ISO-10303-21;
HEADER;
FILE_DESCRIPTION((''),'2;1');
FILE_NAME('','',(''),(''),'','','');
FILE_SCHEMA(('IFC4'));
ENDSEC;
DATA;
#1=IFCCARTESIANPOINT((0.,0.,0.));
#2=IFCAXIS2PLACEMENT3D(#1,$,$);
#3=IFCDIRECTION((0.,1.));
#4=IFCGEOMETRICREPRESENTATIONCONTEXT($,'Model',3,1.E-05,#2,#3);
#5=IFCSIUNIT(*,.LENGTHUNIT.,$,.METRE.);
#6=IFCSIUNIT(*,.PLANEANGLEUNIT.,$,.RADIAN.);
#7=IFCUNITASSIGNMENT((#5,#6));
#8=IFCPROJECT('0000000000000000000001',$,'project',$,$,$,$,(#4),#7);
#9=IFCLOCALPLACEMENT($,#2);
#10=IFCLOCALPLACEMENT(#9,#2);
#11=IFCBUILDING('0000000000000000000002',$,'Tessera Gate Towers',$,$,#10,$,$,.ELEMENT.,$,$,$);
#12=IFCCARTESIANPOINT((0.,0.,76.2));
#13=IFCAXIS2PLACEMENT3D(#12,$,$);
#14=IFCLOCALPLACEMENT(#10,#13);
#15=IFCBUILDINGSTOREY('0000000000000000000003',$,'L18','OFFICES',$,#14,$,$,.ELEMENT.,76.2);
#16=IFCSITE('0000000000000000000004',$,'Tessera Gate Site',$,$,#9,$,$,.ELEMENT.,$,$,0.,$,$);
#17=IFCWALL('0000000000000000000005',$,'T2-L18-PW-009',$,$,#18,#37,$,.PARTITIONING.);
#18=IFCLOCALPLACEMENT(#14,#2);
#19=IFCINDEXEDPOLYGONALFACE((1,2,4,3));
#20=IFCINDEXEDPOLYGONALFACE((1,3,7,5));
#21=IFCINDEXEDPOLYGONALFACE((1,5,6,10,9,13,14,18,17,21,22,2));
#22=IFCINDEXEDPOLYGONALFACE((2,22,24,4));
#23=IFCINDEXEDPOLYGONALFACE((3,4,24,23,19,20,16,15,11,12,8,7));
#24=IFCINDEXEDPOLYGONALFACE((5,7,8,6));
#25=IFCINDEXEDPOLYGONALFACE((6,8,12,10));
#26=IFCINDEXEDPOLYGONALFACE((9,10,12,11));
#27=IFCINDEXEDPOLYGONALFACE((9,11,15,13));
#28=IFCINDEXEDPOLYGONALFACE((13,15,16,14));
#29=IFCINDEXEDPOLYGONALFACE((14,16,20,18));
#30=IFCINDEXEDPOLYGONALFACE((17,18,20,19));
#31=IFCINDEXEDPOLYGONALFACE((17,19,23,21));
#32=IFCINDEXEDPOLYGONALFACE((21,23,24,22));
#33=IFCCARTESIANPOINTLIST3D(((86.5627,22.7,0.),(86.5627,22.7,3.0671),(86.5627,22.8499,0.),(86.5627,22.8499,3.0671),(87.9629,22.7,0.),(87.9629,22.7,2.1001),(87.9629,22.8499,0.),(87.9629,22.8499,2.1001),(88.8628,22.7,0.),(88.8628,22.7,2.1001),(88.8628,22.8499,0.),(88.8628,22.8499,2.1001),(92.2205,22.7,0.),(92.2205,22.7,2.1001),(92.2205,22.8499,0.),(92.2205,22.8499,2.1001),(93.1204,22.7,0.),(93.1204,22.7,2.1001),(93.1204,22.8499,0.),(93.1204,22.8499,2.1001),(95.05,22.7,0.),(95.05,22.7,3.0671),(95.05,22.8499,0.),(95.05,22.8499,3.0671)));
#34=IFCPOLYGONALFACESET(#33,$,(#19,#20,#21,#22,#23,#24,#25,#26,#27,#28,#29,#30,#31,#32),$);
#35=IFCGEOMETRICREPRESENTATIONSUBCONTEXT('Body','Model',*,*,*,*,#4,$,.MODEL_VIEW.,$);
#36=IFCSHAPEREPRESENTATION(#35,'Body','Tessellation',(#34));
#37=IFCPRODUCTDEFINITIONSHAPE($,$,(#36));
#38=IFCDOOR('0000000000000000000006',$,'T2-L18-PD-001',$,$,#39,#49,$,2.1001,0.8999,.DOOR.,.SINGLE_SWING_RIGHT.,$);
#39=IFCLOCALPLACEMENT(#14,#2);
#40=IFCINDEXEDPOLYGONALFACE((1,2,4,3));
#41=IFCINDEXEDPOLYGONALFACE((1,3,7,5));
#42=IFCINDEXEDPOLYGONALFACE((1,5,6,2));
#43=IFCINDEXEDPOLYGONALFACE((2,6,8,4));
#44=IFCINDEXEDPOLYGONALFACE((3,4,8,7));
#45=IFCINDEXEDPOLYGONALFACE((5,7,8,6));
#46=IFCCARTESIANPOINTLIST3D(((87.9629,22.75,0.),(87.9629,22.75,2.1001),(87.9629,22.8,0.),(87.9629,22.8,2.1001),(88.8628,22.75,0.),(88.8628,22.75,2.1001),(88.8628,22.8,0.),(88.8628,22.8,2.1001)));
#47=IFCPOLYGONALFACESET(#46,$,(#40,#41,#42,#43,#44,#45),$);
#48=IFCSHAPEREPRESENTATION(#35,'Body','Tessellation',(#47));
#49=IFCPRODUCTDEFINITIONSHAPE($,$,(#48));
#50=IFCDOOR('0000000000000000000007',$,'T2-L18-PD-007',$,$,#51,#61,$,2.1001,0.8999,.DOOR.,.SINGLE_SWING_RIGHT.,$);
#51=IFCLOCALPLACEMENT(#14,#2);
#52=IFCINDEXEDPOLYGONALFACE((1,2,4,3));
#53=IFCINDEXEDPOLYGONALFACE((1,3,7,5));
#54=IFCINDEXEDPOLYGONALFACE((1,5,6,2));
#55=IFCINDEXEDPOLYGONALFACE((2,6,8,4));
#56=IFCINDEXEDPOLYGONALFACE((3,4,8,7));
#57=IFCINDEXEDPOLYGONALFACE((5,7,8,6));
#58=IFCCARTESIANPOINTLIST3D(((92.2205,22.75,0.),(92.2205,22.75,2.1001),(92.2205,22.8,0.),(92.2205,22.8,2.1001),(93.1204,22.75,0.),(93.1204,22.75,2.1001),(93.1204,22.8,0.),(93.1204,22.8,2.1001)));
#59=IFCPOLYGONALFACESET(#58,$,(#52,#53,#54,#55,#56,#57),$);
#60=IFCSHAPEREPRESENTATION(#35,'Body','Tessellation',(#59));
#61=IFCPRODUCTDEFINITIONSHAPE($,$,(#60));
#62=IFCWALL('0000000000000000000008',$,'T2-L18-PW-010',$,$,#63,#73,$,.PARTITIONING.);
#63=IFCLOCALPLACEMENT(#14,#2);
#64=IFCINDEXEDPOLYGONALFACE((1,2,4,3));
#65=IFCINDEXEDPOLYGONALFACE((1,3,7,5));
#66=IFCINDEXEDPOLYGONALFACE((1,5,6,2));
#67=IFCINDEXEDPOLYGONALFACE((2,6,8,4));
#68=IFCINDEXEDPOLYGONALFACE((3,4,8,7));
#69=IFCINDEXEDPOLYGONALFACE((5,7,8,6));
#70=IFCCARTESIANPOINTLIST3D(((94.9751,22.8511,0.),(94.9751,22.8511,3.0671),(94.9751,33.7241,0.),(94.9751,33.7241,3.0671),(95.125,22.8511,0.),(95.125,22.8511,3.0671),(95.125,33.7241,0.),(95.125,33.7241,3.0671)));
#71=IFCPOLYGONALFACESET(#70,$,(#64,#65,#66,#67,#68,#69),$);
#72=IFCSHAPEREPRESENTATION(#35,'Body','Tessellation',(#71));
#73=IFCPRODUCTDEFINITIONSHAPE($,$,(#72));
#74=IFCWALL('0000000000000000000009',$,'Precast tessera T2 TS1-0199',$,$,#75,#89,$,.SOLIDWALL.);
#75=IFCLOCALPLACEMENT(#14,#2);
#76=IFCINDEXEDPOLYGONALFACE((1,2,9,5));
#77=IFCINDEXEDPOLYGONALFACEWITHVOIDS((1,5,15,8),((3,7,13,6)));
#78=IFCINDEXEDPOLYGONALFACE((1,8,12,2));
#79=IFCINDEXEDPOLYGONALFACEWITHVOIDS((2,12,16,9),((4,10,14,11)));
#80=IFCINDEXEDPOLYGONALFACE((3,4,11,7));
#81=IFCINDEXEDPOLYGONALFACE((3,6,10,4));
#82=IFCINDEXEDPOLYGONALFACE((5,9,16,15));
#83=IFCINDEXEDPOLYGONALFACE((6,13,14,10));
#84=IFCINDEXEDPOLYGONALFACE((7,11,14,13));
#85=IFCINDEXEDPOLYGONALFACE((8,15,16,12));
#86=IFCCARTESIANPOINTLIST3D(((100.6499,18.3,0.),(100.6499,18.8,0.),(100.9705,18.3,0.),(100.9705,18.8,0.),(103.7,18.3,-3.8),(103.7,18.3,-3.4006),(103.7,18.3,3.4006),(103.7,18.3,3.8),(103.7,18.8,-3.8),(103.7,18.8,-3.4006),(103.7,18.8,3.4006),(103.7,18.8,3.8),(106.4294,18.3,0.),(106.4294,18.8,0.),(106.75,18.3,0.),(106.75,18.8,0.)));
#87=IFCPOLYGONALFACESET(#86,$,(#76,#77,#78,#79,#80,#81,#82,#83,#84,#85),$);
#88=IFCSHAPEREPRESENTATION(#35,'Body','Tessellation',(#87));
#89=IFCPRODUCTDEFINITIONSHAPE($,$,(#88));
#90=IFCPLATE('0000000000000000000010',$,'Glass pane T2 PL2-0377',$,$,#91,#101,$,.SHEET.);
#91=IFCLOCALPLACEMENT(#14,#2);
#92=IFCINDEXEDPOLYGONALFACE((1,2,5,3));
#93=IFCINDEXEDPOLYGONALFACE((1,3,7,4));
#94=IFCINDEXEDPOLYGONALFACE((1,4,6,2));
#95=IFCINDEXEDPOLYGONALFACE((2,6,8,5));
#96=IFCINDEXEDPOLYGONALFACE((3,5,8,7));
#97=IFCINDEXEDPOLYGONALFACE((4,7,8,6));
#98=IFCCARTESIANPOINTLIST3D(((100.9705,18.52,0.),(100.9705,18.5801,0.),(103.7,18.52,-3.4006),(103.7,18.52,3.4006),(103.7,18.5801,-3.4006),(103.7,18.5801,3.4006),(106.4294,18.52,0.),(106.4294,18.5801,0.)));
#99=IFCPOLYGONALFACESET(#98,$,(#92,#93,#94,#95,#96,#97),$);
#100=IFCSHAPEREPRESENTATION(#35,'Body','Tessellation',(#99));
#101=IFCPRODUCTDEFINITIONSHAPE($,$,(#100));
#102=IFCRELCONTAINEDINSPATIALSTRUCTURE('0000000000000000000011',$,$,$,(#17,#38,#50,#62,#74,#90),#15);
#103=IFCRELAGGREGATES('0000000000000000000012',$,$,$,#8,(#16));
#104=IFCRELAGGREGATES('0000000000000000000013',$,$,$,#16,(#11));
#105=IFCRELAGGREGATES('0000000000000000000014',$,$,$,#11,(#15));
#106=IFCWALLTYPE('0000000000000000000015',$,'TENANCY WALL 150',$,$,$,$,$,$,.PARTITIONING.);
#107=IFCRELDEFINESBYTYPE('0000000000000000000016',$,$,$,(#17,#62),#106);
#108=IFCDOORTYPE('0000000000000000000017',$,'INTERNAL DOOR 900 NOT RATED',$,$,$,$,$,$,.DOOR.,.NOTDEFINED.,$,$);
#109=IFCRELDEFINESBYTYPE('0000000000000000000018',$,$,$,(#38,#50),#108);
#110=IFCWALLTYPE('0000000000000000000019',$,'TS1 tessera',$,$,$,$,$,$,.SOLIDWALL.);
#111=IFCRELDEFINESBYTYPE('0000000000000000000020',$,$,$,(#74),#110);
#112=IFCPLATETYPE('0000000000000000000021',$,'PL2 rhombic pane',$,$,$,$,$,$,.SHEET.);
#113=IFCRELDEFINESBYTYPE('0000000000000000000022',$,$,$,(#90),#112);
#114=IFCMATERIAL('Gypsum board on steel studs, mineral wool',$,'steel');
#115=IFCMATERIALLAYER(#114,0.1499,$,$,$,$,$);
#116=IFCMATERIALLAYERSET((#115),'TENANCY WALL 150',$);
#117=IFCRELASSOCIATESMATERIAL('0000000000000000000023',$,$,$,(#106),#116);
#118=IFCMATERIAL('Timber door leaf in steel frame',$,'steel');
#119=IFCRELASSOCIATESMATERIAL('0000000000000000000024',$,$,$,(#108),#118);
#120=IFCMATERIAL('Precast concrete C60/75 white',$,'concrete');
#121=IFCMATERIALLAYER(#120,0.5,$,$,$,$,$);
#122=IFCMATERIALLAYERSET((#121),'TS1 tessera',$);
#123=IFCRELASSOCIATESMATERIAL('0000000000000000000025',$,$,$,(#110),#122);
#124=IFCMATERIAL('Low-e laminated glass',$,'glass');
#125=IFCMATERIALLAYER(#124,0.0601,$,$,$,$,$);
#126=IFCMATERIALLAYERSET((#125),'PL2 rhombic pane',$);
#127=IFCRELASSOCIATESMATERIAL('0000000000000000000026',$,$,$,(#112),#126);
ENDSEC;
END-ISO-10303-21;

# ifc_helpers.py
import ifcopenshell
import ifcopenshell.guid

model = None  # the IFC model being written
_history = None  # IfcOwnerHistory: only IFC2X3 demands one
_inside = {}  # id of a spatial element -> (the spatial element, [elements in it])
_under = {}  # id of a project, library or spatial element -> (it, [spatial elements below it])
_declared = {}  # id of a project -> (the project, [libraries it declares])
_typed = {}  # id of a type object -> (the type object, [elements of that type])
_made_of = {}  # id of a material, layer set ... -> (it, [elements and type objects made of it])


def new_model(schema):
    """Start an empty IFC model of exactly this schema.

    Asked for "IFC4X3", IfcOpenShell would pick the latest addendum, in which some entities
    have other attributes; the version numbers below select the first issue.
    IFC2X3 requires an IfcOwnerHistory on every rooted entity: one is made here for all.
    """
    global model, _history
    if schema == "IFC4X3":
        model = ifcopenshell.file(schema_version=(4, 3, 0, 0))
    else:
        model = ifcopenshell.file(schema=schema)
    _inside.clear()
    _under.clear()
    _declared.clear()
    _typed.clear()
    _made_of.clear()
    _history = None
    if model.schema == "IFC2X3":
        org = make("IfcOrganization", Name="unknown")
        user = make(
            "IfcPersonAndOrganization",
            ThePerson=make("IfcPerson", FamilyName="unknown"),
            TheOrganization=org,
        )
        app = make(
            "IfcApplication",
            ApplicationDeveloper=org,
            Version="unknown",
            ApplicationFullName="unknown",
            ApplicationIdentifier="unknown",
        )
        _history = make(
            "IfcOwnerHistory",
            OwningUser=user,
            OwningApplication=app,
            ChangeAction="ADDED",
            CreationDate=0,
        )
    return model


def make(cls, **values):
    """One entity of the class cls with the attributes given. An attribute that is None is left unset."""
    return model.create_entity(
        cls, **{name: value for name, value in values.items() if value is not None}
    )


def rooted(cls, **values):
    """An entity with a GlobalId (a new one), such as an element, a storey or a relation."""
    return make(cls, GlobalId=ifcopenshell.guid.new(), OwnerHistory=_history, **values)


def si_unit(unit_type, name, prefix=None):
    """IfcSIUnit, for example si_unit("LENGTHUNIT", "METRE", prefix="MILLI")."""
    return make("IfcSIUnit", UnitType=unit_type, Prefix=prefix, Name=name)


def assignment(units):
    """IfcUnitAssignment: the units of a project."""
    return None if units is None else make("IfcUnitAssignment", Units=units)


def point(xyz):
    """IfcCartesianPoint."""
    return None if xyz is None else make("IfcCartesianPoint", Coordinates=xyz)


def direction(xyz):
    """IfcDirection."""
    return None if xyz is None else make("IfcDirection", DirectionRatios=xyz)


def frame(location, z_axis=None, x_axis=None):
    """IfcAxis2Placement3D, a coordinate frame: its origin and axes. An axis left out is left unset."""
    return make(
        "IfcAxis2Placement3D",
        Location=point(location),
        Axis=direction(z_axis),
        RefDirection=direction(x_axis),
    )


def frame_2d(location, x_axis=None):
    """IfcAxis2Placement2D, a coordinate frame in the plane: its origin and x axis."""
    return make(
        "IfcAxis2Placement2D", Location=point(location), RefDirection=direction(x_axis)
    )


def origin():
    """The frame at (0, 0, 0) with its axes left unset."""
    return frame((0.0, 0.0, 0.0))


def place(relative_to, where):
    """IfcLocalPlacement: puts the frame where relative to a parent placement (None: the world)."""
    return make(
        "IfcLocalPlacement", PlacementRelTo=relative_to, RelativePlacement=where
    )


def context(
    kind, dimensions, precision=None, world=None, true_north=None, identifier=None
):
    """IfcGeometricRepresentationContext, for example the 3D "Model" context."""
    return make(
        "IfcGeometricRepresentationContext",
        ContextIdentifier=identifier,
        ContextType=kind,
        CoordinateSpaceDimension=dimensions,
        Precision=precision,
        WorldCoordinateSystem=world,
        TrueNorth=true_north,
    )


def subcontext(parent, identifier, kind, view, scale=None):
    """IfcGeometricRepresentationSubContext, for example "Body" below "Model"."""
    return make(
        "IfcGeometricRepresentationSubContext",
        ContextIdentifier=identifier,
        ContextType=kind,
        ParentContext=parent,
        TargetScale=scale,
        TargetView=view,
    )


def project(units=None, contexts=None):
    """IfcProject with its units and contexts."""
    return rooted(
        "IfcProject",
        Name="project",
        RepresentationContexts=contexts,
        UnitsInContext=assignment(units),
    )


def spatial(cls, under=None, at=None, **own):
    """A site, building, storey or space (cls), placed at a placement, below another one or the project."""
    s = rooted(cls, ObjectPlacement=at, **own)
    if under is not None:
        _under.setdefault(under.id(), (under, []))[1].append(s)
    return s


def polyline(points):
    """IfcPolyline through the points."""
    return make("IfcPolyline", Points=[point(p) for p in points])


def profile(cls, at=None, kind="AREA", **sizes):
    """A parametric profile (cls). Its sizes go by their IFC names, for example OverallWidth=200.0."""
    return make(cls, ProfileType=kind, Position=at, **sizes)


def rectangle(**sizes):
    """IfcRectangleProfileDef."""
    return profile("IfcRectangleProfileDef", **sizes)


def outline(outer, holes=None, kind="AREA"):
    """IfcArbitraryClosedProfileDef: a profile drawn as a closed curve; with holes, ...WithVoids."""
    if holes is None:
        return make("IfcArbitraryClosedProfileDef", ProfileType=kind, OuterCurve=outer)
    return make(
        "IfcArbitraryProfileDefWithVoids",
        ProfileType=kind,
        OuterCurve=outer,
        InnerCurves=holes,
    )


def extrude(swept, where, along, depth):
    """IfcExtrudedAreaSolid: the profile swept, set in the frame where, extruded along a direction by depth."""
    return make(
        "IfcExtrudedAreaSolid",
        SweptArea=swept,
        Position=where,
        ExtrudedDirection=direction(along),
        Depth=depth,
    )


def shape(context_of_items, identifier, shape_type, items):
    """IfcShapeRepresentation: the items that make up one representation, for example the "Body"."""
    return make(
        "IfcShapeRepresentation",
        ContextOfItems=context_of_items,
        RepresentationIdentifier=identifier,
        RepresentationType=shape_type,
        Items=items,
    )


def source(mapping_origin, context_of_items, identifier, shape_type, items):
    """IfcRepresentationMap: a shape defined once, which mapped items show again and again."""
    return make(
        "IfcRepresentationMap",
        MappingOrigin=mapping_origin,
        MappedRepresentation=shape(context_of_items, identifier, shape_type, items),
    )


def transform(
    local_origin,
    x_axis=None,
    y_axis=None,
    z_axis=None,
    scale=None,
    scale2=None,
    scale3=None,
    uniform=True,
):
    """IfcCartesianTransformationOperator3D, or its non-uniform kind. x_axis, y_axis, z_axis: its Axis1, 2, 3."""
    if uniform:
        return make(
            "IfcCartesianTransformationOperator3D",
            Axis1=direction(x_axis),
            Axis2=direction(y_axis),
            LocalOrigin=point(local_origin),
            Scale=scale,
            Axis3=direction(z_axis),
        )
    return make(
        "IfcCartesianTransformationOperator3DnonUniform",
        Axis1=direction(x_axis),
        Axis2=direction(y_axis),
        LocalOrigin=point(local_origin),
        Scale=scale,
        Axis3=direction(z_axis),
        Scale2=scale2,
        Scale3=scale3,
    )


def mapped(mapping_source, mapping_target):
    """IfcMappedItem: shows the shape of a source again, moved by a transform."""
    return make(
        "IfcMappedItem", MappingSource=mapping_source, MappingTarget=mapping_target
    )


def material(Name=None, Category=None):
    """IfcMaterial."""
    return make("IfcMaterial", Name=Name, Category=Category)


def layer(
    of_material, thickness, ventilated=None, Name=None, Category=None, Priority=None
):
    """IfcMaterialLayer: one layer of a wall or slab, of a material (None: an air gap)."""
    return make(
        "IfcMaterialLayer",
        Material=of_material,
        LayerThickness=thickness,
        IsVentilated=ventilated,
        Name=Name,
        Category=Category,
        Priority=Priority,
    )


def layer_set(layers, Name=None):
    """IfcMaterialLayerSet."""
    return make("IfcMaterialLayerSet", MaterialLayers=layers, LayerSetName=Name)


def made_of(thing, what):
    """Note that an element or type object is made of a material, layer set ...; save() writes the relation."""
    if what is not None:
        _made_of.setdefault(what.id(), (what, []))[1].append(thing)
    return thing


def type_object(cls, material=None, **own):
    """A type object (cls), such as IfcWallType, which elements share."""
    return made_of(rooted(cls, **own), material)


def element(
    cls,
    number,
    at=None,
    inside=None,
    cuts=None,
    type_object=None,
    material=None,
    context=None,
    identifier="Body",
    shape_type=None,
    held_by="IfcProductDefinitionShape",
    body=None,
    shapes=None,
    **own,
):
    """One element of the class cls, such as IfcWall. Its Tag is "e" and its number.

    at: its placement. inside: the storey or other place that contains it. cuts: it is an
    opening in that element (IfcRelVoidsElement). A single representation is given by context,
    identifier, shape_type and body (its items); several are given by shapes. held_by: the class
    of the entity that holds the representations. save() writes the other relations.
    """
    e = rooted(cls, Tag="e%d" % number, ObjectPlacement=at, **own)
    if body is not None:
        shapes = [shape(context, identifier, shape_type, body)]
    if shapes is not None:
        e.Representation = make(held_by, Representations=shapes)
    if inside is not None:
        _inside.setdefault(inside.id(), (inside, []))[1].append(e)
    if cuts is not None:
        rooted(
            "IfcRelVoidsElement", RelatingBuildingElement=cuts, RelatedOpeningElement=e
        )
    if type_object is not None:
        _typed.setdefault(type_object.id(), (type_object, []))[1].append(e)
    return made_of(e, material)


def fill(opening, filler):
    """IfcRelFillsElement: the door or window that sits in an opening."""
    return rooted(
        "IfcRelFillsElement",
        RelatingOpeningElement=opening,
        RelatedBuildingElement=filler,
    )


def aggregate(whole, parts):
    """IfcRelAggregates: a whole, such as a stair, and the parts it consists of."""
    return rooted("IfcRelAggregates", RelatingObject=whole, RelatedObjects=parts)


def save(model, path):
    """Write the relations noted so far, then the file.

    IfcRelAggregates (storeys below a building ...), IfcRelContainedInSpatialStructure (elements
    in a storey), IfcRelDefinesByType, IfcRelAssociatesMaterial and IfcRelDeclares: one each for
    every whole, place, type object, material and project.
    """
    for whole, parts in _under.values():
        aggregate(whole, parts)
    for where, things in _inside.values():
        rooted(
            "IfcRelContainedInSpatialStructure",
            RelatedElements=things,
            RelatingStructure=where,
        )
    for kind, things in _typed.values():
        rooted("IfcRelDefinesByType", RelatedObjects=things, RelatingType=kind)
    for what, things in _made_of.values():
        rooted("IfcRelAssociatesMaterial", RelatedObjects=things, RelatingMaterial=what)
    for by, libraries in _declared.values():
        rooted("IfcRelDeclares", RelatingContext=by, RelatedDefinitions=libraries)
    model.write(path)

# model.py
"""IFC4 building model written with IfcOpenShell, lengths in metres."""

from ifc_helpers import new_model, si_unit, direction, frame, frame_2d, origin, place, context, subcontext, project, spatial, polyline, rectangle, outline, extrude, source, transform, mapped, material, layer, layer_set, type_object, element, fill, save


model = new_model("IFC4")

# Units and contexts
model_context = context("Model", 3, precision=1e-05, world=origin(), true_north=direction((0.0, 1.0)))
body_context = subcontext(model_context, "Body", "Model", "MODEL_VIEW")
ifc_project = project(units=[si_unit("LENGTHUNIT", "METRE"), si_unit("PLANEANGLEUNIT", "RADIAN")], contexts=[model_context])

# Site, building, storey
site_placement = place(None, origin())
site = spatial("IfcSite", under=ifc_project, at=site_placement, Name="Tessera Gate Site", CompositionType="ELEMENT", RefElevation=0.0)
building_placement = place(site_placement, origin())
building = spatial("IfcBuilding", under=site, at=building_placement, Name="Tessera Gate Towers", CompositionType="ELEMENT")
storey_placement = place(building_placement, frame((0.0, 0.0, 76.2)))
storey = spatial("IfcBuildingStorey", under=building, at=storey_placement, Name="L18", Description="OFFICES", CompositionType="ELEMENT", Elevation=76.2)

# Shared definitions
ifc_material_1 = material(Name="Gypsum board on steel studs, mineral wool", Category="steel")
ifc_layer_1 = layer(ifc_material_1, 0.1499)
ifc_layer_set_1 = layer_set([ifc_layer_1], Name="TENANCY WALL 150")
wall_type_1 = type_object("IfcWallType", Name="TENANCY WALL 150", PredefinedType="PARTITIONING", material=ifc_layer_set_1)

# Wall, openings, doors
wall_1_placement = place(storey_placement, frame((95.05, 22.7749, 0.0), z_axis=(0.0, 0.0, 1.0), x_axis=(-1.0, 0.0, 0.0)))
wall_1 = element("IfcWall", 1, at=wall_1_placement, inside=storey, type_object=wall_type_1, Name="T2-L18-PW-009", PredefinedType="PARTITIONING", context=body_context, shape_type="SweptSolid", body=[
    extrude(rectangle(XDim=8.4873, YDim=0.1499, at=frame_2d((4.2437, 0.0))), origin(), (0.0, 0.0, 1.0), 3.0671),
])
shared_shape_1 = source(origin(), body_context, "Body", "SweptSolid", [
    extrude(rectangle(XDim=0.8999, YDim=2.1001, at=frame_2d((0.45, 1.05))), frame((0.0, 0.085, 0.0), z_axis=(0.0, -1.0, 0.0), x_axis=(1.0, 0.0, 0.0)), (0.0, 0.0, 1.0), 0.1699),
])
opening_1_placement = place(wall_1_placement, frame((6.1873, 0.0, 0.0)))
opening_1 = element("IfcOpeningElement", 2, at=opening_1_placement, cuts=wall_1, PredefinedType="OPENING", context=body_context, shape_type="MappedRepresentation", body=[
    mapped(shared_shape_1, transform((0.0, 0.0, 0.0), scale=1.0)),
])
opening_2_placement = place(wall_1_placement, frame((1.9297, 0.0, 0.0)))
opening_2 = element("IfcOpeningElement", 3, at=opening_2_placement, cuts=wall_1, PredefinedType="OPENING", context=body_context, shape_type="MappedRepresentation", body=[
    mapped(shared_shape_1, transform((0.0, 0.0, 0.0), scale=1.0)),
])
ifc_material_2 = material(Name="Timber door leaf in steel frame", Category="steel")
door_type = type_object("IfcDoorType", Name="INTERNAL DOOR 900 NOT RATED", OperationType="NOTDEFINED", PredefinedType="DOOR", material=ifc_material_2)
shared_shape_2 = source(origin(), body_context, "Body", "SweptSolid", [
    extrude(rectangle(XDim=0.8999, YDim=2.1001, at=frame_2d((0.45, 1.05))), frame((0.0, 0.0249, 0.0), z_axis=(0.0, -1.0, 0.0), x_axis=(1.0, 0.0, 0.0)), (0.0, 0.0, 1.0), 0.05),
])
door_1_placement = place(opening_1_placement, origin())
door_1 = element("IfcDoor", 4, at=door_1_placement, inside=storey, type_object=door_type, Name="T2-L18-PD-001", OperationType="SINGLE_SWING_RIGHT", OverallHeight=2.1001, OverallWidth=0.8999, PredefinedType="DOOR", context=body_context, shape_type="MappedRepresentation", body=[
    mapped(shared_shape_2, transform((0.0, 0.0, 0.0), scale=1.0)),
])
fill(opening_1, door_1)
door_2_placement = place(opening_2_placement, origin())
door_2 = element("IfcDoor", 5, at=door_2_placement, inside=storey, type_object=door_type, Name="T2-L18-PD-007", OperationType="SINGLE_SWING_RIGHT", OverallHeight=2.1001, OverallWidth=0.8999, PredefinedType="DOOR", context=body_context, shape_type="MappedRepresentation", body=[
    mapped(shared_shape_2, transform((0.0, 0.0, 0.0), scale=1.0)),
])
fill(opening_2, door_2)

# Wall
wall_2_placement = place(storey_placement, frame((95.05, 22.8511, 0.0), z_axis=(0.0, 0.0, 1.0), x_axis=(0.0, 1.0, 0.0)))
element("IfcWall", 6, at=wall_2_placement, inside=storey, type_object=wall_type_1, Name="T2-L18-PW-010", PredefinedType="PARTITIONING", context=body_context, shape_type="SweptSolid", body=[
    extrude(rectangle(XDim=10.873, YDim=0.1499, at=frame_2d((5.4365, 0.0))), origin(), (0.0, 0.0, 1.0), 3.0671),
])

# Wall, opening, plate
ifc_material_3 = material(Name="Precast concrete C60/75 white", Category="concrete")
ifc_layer_2 = layer(ifc_material_3, 0.5)
ifc_layer_set_2 = layer_set([ifc_layer_2], Name="TS1 tessera")
wall_type_2 = type_object("IfcWallType", Name="TS1 tessera", PredefinedType="SOLIDWALL", material=ifc_layer_set_2)
shared_shape_3 = source(origin(), body_context, "Body", "SweptSolid", [
    extrude(outline(polyline([(3.05, 0.0), (6.1001, 3.8), (3.05, 7.6001), (0.0, 3.8), (3.05, 0.0)])), frame((0.0, 0.25, 0.0), z_axis=(0.0, -1.0, 0.0), x_axis=(1.0, 0.0, 0.0)), (0.0, 0.0, 1.0), 0.5),
])
wall_3_placement = place(storey_placement, frame((100.6499, 18.55, -3.8), z_axis=(0.0, 0.0, 1.0), x_axis=(1.0, 0.0, 0.0)))
wall_3 = element("IfcWall", 7, at=wall_3_placement, inside=storey, type_object=wall_type_2, Name="Precast tessera T2 TS1-0199", PredefinedType="SOLIDWALL", context=body_context, shape_type="MappedRepresentation", body=[
    mapped(shared_shape_3, transform((0.0, 0.0, 0.0), scale=1.0)),
])
shared_shape_4 = source(origin(), body_context, "Body", "SweptSolid", [
    extrude(outline(polyline([(3.05, 0.3994), (5.7795, 3.8), (3.05, 7.2007), (0.3206, 3.8), (3.05, 0.3994)])), frame((0.0, 0.26, 0.0), z_axis=(0.0, -1.0, 0.0), x_axis=(1.0, 0.0, 0.0)), (0.0, 0.0, 1.0), 0.52),
])
opening_3_placement = place(wall_3_placement, origin())
opening_3 = element("IfcOpeningElement", 8, at=opening_3_placement, cuts=wall_3, PredefinedType="OPENING", context=body_context, shape_type="MappedRepresentation", body=[
    mapped(shared_shape_4, transform((0.0, 0.0, 0.0), scale=1.0)),
])
ifc_material_4 = material(Name="Low-e laminated glass", Category="glass")
ifc_layer_3 = layer(ifc_material_4, 0.0601)
ifc_layer_set_3 = layer_set([ifc_layer_3], Name="PL2 rhombic pane")
plate_type = type_object("IfcPlateType", Name="PL2 rhombic pane", PredefinedType="SHEET", material=ifc_layer_set_3)
shared_shape_5 = source(origin(), body_context, "Body", "SweptSolid", [
    extrude(outline(polyline([(3.05, 0.3994), (5.7795, 3.8), (3.05, 7.2007), (0.3206, 3.8), (3.05, 0.3994)])), frame((0.0, 0.03, 0.0), z_axis=(0.0, -1.0, 0.0), x_axis=(1.0, 0.0, 0.0)), (0.0, 0.0, 1.0), 0.0601),
])
plate_placement = place(opening_3_placement, origin())
plate = element("IfcPlate", 9, at=plate_placement, inside=storey, type_object=plate_type, Name="Glass pane T2 PL2-0377", PredefinedType="SHEET", context=body_context, shape_type="MappedRepresentation", body=[
    mapped(shared_shape_5, transform((0.0, 0.0, 0.0), scale=1.0)),
])
fill(opening_3, plate)

save(model, "model.ifc")
